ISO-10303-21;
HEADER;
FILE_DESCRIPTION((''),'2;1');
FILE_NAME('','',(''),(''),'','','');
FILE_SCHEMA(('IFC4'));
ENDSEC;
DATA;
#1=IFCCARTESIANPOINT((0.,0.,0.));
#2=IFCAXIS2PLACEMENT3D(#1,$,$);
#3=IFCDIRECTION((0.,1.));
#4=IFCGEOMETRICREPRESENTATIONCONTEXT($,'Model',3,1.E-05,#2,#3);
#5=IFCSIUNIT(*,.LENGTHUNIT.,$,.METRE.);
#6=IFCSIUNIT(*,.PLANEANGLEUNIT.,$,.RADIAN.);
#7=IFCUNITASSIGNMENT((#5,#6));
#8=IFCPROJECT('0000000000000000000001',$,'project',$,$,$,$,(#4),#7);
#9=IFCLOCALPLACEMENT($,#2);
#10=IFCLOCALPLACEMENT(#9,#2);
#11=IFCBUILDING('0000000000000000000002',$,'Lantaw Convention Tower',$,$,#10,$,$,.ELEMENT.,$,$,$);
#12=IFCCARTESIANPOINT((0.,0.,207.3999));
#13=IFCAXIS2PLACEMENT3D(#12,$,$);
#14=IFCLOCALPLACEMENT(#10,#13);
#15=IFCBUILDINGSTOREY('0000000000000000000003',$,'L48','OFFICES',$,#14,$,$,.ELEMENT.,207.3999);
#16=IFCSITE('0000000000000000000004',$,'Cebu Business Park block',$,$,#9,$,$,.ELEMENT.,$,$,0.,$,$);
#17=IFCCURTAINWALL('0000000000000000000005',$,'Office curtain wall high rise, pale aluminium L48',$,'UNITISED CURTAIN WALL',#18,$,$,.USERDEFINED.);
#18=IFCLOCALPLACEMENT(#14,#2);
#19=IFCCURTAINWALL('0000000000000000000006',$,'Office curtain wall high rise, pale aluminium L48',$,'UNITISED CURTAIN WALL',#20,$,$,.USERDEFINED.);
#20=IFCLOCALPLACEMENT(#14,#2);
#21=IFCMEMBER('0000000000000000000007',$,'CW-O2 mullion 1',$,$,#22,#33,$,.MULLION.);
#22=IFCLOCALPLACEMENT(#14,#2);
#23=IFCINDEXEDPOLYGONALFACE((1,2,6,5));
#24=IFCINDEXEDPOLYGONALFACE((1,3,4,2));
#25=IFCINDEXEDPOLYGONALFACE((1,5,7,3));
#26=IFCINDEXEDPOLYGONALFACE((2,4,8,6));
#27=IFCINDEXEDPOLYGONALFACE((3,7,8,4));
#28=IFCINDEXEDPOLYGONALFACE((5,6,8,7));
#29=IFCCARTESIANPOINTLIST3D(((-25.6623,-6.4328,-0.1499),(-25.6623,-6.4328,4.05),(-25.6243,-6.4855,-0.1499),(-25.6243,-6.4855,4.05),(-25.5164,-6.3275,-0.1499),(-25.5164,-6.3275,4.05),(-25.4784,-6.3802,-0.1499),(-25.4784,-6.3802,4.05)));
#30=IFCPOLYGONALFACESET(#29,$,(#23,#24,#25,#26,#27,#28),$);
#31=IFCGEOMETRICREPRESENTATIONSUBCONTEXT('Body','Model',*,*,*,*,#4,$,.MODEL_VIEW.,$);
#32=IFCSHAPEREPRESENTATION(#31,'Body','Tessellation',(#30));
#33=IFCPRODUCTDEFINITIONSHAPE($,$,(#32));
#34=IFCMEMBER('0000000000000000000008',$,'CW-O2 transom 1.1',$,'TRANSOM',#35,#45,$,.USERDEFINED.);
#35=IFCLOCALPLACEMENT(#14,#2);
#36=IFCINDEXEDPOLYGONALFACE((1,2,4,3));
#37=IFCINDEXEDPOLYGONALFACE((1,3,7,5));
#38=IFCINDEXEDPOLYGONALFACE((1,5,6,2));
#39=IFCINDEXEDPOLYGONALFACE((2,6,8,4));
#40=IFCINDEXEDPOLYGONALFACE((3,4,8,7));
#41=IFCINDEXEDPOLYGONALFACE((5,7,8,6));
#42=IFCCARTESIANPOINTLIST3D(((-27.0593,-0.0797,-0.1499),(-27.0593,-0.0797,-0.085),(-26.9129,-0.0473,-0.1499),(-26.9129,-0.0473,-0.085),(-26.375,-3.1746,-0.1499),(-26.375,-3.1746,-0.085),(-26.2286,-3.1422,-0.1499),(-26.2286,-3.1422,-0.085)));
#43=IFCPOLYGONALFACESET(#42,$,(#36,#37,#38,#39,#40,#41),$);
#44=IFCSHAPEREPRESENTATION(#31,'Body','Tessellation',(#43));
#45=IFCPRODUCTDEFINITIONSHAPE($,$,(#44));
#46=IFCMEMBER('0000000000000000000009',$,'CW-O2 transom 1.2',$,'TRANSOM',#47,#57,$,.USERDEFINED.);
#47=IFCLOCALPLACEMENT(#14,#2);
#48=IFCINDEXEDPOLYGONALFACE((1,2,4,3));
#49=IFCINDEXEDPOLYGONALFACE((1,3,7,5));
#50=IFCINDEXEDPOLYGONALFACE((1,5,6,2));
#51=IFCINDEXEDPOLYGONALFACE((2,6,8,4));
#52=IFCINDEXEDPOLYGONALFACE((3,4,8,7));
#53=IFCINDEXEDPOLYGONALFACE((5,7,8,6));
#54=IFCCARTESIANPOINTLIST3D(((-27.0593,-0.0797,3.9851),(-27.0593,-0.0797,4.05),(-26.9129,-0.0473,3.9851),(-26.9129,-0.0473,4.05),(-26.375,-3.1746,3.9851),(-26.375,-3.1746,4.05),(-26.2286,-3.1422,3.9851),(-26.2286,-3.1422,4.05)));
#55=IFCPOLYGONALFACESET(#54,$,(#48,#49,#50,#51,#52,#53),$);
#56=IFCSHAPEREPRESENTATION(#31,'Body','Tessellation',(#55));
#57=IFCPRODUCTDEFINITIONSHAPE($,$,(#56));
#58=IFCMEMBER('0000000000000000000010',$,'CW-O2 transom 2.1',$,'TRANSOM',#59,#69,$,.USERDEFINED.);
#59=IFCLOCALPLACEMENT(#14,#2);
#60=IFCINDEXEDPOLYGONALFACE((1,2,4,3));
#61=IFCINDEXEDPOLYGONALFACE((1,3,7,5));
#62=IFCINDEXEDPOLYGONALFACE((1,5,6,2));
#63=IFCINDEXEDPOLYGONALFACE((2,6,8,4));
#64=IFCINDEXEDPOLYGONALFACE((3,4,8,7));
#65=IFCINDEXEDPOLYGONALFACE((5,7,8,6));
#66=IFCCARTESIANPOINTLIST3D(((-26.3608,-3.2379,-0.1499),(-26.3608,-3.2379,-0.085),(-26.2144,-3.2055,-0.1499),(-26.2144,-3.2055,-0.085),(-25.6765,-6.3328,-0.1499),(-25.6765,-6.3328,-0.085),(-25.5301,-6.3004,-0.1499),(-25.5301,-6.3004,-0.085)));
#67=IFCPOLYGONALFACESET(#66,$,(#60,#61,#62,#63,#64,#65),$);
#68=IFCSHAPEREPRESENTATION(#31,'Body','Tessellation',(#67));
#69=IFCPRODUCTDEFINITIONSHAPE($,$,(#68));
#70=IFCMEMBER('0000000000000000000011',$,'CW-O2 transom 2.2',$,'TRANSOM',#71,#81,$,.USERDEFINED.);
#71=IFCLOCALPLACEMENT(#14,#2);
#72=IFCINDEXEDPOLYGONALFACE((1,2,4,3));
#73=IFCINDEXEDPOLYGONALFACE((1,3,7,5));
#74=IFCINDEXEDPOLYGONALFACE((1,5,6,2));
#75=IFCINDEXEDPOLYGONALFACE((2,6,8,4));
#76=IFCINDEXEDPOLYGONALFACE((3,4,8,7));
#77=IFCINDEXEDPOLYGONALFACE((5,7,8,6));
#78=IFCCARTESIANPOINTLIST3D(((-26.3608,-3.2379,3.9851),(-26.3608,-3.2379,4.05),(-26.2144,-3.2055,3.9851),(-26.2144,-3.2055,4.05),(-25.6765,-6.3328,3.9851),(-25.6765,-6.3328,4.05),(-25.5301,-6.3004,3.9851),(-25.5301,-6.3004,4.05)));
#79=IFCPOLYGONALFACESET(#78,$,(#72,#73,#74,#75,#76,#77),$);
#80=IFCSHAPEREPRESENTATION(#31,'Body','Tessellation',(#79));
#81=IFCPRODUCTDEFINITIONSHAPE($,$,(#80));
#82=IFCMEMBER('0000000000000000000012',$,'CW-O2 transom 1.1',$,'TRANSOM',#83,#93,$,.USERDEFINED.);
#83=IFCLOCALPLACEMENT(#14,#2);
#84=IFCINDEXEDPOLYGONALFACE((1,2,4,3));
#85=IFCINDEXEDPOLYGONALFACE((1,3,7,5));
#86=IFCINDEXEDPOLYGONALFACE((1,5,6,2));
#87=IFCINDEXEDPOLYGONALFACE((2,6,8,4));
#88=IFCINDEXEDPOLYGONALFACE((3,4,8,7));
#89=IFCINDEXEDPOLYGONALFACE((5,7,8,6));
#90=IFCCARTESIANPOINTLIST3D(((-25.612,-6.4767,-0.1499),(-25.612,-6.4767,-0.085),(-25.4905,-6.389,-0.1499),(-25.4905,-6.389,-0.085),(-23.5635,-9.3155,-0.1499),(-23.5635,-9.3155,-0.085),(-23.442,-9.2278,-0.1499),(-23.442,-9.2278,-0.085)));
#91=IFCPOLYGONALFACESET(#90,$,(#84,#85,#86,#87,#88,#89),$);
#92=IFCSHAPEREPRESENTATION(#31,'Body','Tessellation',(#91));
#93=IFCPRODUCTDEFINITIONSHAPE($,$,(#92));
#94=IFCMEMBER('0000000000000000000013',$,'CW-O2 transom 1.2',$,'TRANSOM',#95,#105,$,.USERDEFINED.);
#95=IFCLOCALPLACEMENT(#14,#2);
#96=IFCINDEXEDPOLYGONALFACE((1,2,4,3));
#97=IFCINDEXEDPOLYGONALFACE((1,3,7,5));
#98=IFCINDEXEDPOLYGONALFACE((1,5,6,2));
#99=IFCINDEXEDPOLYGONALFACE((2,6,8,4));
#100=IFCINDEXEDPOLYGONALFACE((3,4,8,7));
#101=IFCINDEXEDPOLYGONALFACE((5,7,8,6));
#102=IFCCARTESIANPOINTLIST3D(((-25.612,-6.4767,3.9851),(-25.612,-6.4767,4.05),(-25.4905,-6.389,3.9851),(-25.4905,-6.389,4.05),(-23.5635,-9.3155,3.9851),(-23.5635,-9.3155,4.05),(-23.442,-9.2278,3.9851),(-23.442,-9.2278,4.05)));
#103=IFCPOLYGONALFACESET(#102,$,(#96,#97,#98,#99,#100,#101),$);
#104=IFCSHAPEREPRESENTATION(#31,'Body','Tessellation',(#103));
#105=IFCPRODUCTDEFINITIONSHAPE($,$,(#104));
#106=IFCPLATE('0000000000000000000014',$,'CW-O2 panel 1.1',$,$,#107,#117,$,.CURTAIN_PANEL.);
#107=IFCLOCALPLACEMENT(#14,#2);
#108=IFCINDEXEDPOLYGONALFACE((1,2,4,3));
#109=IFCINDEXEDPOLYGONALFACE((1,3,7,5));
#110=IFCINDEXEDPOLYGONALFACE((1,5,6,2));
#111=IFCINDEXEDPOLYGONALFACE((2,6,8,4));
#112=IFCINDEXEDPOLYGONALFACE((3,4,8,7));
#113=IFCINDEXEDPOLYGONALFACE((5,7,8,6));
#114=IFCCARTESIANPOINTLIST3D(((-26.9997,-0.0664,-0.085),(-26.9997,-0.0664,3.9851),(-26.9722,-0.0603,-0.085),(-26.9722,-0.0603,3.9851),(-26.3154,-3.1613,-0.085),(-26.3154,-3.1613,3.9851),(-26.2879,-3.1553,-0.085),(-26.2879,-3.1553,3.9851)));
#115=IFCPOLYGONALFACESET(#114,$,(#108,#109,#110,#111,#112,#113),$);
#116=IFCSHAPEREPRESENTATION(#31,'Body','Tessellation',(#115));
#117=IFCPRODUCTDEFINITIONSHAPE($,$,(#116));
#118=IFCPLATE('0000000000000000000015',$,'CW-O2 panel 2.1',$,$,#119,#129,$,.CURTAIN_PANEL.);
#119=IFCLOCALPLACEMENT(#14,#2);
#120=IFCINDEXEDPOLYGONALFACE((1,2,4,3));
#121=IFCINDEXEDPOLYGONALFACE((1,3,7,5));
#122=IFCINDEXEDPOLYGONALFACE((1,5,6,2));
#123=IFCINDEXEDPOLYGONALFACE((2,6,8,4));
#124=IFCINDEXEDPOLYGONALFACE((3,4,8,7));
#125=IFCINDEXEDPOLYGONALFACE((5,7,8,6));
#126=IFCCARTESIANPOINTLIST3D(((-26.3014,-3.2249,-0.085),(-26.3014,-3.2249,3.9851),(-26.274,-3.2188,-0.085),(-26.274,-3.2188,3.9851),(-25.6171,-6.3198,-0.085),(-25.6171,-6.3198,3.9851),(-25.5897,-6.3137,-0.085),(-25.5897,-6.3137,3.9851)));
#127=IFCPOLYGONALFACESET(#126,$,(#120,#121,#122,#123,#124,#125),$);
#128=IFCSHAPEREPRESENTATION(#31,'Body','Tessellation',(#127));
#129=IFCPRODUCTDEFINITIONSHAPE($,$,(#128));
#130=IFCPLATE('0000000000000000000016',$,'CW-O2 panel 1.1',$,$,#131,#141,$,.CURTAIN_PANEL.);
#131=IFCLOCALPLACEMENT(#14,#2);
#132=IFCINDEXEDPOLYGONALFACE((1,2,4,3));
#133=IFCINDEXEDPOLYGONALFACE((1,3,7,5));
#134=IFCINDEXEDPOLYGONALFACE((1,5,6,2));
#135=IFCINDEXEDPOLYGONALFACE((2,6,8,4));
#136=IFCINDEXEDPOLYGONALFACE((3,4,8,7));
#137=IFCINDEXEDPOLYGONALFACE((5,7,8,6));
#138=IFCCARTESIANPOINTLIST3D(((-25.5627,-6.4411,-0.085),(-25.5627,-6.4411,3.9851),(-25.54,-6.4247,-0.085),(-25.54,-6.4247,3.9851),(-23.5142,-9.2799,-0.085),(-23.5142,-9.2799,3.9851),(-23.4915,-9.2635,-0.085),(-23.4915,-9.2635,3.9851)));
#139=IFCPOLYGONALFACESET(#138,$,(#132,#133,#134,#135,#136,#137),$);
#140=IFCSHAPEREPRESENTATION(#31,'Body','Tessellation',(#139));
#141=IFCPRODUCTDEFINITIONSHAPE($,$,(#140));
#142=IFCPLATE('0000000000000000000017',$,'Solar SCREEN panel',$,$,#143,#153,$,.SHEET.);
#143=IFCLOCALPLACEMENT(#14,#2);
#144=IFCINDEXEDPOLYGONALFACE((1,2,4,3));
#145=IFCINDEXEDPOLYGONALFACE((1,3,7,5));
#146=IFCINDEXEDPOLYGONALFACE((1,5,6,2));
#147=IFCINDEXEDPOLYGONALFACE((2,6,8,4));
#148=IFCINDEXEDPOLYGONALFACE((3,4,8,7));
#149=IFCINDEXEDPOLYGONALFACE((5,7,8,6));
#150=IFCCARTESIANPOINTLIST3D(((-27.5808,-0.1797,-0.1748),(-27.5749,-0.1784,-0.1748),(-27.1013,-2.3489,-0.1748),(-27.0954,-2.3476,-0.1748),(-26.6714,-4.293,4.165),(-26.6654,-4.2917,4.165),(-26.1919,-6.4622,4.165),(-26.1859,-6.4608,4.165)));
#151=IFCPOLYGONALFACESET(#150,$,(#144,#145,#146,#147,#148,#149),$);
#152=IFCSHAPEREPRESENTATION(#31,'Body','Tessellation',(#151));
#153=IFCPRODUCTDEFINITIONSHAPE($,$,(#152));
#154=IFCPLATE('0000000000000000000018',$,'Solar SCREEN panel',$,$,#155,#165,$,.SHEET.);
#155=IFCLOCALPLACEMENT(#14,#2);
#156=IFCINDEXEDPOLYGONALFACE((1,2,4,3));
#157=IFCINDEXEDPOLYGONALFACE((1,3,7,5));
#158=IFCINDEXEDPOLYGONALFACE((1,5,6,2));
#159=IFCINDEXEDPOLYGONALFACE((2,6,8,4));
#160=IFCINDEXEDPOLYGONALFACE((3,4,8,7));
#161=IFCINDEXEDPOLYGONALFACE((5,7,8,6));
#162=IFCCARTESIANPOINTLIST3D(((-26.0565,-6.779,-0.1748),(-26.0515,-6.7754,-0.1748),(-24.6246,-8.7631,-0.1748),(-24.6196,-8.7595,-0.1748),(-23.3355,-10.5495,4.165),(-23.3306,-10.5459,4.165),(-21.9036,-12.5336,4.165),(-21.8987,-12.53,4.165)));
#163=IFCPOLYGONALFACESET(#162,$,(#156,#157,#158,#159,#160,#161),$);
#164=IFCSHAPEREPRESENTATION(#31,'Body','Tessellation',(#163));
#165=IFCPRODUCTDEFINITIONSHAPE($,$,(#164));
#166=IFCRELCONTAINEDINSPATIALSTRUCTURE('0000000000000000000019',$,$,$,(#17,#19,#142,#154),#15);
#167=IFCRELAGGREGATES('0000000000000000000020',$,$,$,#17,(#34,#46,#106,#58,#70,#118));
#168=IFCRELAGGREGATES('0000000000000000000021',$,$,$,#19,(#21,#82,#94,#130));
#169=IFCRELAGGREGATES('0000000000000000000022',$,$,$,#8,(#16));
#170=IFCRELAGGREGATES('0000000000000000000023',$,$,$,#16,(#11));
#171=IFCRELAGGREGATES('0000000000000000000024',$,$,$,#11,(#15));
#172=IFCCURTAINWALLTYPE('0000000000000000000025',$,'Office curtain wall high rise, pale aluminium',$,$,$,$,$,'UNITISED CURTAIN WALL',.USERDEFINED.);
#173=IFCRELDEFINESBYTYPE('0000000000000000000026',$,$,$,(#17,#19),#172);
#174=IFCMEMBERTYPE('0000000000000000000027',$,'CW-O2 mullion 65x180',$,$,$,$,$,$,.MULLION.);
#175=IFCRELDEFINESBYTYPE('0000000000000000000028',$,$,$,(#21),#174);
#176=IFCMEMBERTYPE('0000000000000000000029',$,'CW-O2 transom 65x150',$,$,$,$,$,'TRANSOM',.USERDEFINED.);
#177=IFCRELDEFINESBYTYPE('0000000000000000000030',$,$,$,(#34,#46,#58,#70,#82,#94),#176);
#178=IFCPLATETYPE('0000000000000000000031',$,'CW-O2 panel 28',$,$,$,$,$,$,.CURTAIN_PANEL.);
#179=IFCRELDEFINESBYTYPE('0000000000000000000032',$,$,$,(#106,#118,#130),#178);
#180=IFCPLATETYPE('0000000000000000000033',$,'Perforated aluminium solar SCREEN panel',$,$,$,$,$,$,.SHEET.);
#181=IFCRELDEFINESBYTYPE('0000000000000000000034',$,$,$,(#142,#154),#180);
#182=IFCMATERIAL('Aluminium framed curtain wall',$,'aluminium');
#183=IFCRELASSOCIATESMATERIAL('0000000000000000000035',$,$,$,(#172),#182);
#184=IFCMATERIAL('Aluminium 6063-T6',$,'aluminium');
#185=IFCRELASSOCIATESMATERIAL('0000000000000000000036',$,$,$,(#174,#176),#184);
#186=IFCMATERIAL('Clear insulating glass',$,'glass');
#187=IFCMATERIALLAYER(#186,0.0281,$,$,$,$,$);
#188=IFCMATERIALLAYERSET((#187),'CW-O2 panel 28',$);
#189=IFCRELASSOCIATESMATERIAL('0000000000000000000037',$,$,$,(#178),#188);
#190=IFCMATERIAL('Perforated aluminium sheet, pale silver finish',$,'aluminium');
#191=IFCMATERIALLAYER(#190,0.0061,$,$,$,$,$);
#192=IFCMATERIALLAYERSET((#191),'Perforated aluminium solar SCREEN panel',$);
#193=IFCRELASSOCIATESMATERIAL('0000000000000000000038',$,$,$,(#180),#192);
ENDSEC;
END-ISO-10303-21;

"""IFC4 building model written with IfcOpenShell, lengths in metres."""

from ifc_helpers import new_model, si_unit, direction, frame, origin, origin_2d, place, context, subcontext, project, spatial, polyline, rectangle, outline, extrude, material, layer, layer_set, material_profile, profile_set, type_object, element, aggregate, save


model = new_model("IFC4")

# Units and contexts
model_context = context("Model", 3, precision=1e-05, world=origin(), true_north=direction((0.0, 1.0)))
body_context = subcontext(model_context, "Body", "Model", "MODEL_VIEW")
ifc_project = project(units=[si_unit("LENGTHUNIT", "METRE"), si_unit("PLANEANGLEUNIT", "RADIAN")], contexts=[model_context])

# Site, building, storey
site_placement = place(None, origin())
site = spatial("IfcSite", under=ifc_project, at=site_placement, Name="Cebu Business Park block", CompositionType="ELEMENT", RefElevation=0.0)
building_placement = place(site_placement, origin())
building = spatial("IfcBuilding", under=site, at=building_placement, Name="Lantaw Convention Tower", CompositionType="ELEMENT")
storey_placement = place(building_placement, frame((0.0, 0.0, 207.3999)))
storey = spatial("IfcBuildingStorey", under=building, at=storey_placement, Name="L48", Description="OFFICES", CompositionType="ELEMENT", Elevation=207.3999)

# Curtain wall
ifc_material_1 = material(Name="Aluminium framed curtain wall", Category="aluminium")
curtain_wall_type = type_object("IfcCurtainWallType", Name="Office curtain wall high rise, pale aluminium", ElementType="UNITISED CURTAIN WALL", PredefinedType="USERDEFINED", material=ifc_material_1)
curtain_wall_1_placement = place(storey_placement, origin())
curtain_wall_1 = element("IfcCurtainWall", 1, at=curtain_wall_1_placement, inside=storey, type_object=curtain_wall_type, Name="Office curtain wall high rise, pale aluminium L48", ObjectType="UNITISED CURTAIN WALL", PredefinedType="USERDEFINED")
ifc_material_2 = material(Name="Aluminium 6063-T6", Category="aluminium")
ifc_material_profile_1 = material_profile(ifc_material_2, rectangle(XDim=0.1799, YDim=0.0649, at=origin_2d()), Name="CW-O2 mullion 65x180")
ifc_profile_set_1 = profile_set([ifc_material_profile_1], Name="Aluminium 6063-T6")
member_type_1 = type_object("IfcMemberType", Name="CW-O2 mullion 65x180", PredefinedType="MULLION", material=ifc_profile_set_1)

# Curtain wall, member
curtain_wall_2_placement = place(storey_placement, origin())
curtain_wall_2 = element("IfcCurtainWall", 2, at=curtain_wall_2_placement, inside=storey, type_object=curtain_wall_type, Name="Office curtain wall high rise, pale aluminium L48", ObjectType="UNITISED CURTAIN WALL", PredefinedType="USERDEFINED")
member_1_placement = place(storey_placement, frame((-25.5703, -6.4065, -0.1499), z_axis=(0.0, 0.0, 1.0), x_axis=(0.81092, 0.585158, 0.0)))
member_1 = element("IfcMember", 3, at=member_1_placement, type_object=member_type_1, Name="CW-O2 mullion 1", PredefinedType="MULLION", context=body_context, shape_type="SweptSolid", body=[
    extrude(rectangle(XDim=0.1799, YDim=0.0649, at=origin_2d()), origin(), (0.0, 0.0, 1.0), 4.2),
])

# Members
ifc_material_profile_2 = material_profile(ifc_material_2, rectangle(XDim=0.1499, YDim=0.0649, at=origin_2d()), Name="CW-O2 transom 65x150")
ifc_profile_set_2 = profile_set([ifc_material_profile_2], Name="Aluminium 6063-T6")
member_type_2 = type_object("IfcMemberType", Name="CW-O2 transom 65x150", ElementType="TRANSOM", PredefinedType="USERDEFINED", material=ifc_profile_set_2)
member_2_placement = place(storey_placement, frame((-26.9861, -0.0635, -0.1174), z_axis=(0.215895, -0.976417, 0.0), x_axis=(0.976417, 0.215895, 0.0)))
member_2 = element("IfcMember", 4, at=member_2_placement, type_object=member_type_2, Name="CW-O2 transom 1.1", ObjectType="TRANSOM", PredefinedType="USERDEFINED", context=body_context, shape_type="SweptSolid", body=[
    extrude(rectangle(XDim=0.1499, YDim=0.0649, at=origin_2d()), origin(), (0.0, 0.0, 1.0), 3.1697),
])
member_3_placement = place(storey_placement, frame((-26.9861, -0.0635, 4.0176), z_axis=(0.215895, -0.976417, 0.0), x_axis=(0.976417, 0.215895, 0.0)))
member_3 = element("IfcMember", 5, at=member_3_placement, type_object=member_type_2, Name="CW-O2 transom 1.2", ObjectType="TRANSOM", PredefinedType="USERDEFINED", context=body_context, shape_type="SweptSolid", body=[
    extrude(rectangle(XDim=0.1499, YDim=0.0649, at=origin_2d()), origin(), (0.0, 0.0, 1.0), 3.1697),
])
member_4_placement = place(storey_placement, frame((-26.2876, -3.2217, -0.1174), z_axis=(0.215895, -0.976417, 0.0), x_axis=(0.976417, 0.215895, 0.0)))
member_4 = element("IfcMember", 6, at=member_4_placement, type_object=member_type_2, Name="CW-O2 transom 2.1", ObjectType="TRANSOM", PredefinedType="USERDEFINED", context=body_context, shape_type="SweptSolid", body=[
    extrude(rectangle(XDim=0.1499, YDim=0.0649, at=origin_2d()), origin(), (0.0, 0.0, 1.0), 3.1697),
])
member_5_placement = place(storey_placement, frame((-26.2876, -3.2217, 4.0176), z_axis=(0.215895, -0.976417, 0.0), x_axis=(0.976417, 0.215895, 0.0)))
member_5 = element("IfcMember", 7, at=member_5_placement, type_object=member_type_2, Name="CW-O2 transom 2.2", ObjectType="TRANSOM", PredefinedType="USERDEFINED", context=body_context, shape_type="SweptSolid", body=[
    extrude(rectangle(XDim=0.1499, YDim=0.0649, at=origin_2d()), origin(), (0.0, 0.0, 1.0), 3.1697),
])
member_6_placement = place(storey_placement, frame((-25.5513, -6.4329, -0.1174), z_axis=(0.58517, -0.810911, 0.0), x_axis=(0.810911, 0.58517, 0.0)))
member_6 = element("IfcMember", 8, at=member_6_placement, type_object=member_type_2, Name="CW-O2 transom 1.1", ObjectType="TRANSOM", PredefinedType="USERDEFINED", context=body_context, shape_type="SweptSolid", body=[
    extrude(rectangle(XDim=0.1499, YDim=0.0649, at=origin_2d()), origin(), (0.0, 0.0, 1.0), 3.5007),
])
member_7_placement = place(storey_placement, frame((-25.5513, -6.4329, 4.0176), z_axis=(0.58517, -0.810911, 0.0), x_axis=(0.810911, 0.58517, 0.0)))
member_7 = element("IfcMember", 9, at=member_7_placement, type_object=member_type_2, Name="CW-O2 transom 1.2", ObjectType="TRANSOM", PredefinedType="USERDEFINED", context=body_context, shape_type="SweptSolid", body=[
    extrude(rectangle(XDim=0.1499, YDim=0.0649, at=origin_2d()), origin(), (0.0, 0.0, 1.0), 3.5007),
])

# Plates
ifc_material_3 = material(Name="Clear insulating glass", Category="glass")
ifc_layer_1 = layer(ifc_material_3, 0.0281)
ifc_layer_set_1 = layer_set([ifc_layer_1], Name="CW-O2 panel 28")
plate_type_1 = type_object("IfcPlateType", Name="CW-O2 panel 28", PredefinedType="CURTAIN_PANEL", material=ifc_layer_set_1)
plate_1_placement = place(storey_placement, frame((-26.6438, -1.6108, -0.085), z_axis=(0.0, 0.0, 1.0), x_axis=(0.215891, -0.976417, 0.0)))
plate_1 = element("IfcPlate", 10, at=plate_1_placement, type_object=plate_type_1, Name="CW-O2 panel 1.1", PredefinedType="CURTAIN_PANEL", context=body_context, shape_type="SweptSolid", body=[
    extrude(rectangle(XDim=3.1697, YDim=0.0281, at=origin_2d()), origin(), (0.0, 0.0, 1.0), 4.0701),
])
plate_2_placement = place(storey_placement, frame((-25.9456, -4.7693, -0.085), z_axis=(0.0, 0.0, 1.0), x_axis=(0.215891, -0.976417, 0.0)))
plate_2 = element("IfcPlate", 11, at=plate_2_placement, type_object=plate_type_1, Name="CW-O2 panel 2.1", PredefinedType="CURTAIN_PANEL", context=body_context, shape_type="SweptSolid", body=[
    extrude(rectangle(XDim=3.1697, YDim=0.0281, at=origin_2d()), origin(), (0.0, 0.0, 1.0), 4.0701),
])
aggregate(curtain_wall_1, [member_2, member_3, plate_1, member_4, member_5, plate_2])
plate_3_placement = place(storey_placement, frame((-24.5271, -7.8523, -0.085), z_axis=(0.0, 0.0, 1.0), x_axis=(0.585158, -0.81092, 0.0)))
plate_3 = element("IfcPlate", 12, at=plate_3_placement, type_object=plate_type_1, Name="CW-O2 panel 1.1", PredefinedType="CURTAIN_PANEL", context=body_context, shape_type="SweptSolid", body=[
    extrude(rectangle(XDim=3.5007, YDim=0.0281, at=origin_2d()), origin(), (0.0, 0.0, 1.0), 4.0701),
])
aggregate(curtain_wall_2, [member_1, member_6, member_7, plate_3])

# Plates
ifc_material_4 = material(Name="Perforated aluminium sheet, pale silver finish", Category="aluminium")
ifc_layer_2 = layer(ifc_material_4, 0.0061)
ifc_layer_set_2 = layer_set([ifc_layer_2], Name="Perforated aluminium solar SCREEN panel")
plate_type_2 = type_object("IfcPlateType", Name="Perforated aluminium solar SCREEN panel", PredefinedType="SHEET", material=ifc_layer_set_2)
plate_4_placement = place(storey_placement, frame((-27.5808, -0.1797, -0.1748), z_axis=(-0.97643, -0.215837, 0.000044), x_axis=(0.215837, -0.97643, 0.0)))
element("IfcPlate", 13, at=plate_4_placement, inside=storey, type_object=plate_type_2, Name="Solar SCREEN panel", PredefinedType="SHEET", context=body_context, shape_type="SweptSolid", body=[
    extrude(outline(polyline([(0.0, 0.0), (2.2216, 0.0), (6.4342, 4.3398), (4.2126, 4.3398), (0.0, 0.0)])), origin(), (0.0, 0.0, -1.0), 0.0061),
])
plate_5_placement = place(storey_placement, frame((-26.0515, -6.7754, -0.1748), z_axis=(0.810892, 0.585195, 0.00002), x_axis=(0.585195, -0.810892, 0.0)))
element("IfcPlate", 14, at=plate_5_placement, inside=storey, type_object=plate_type_2, Name="Solar SCREEN panel", PredefinedType="SHEET", context=body_context, shape_type="SweptSolid", body=[
    extrude(outline(polyline([(0.0, 0.0), (2.4468, 0.0), (7.0966, -4.3398), (4.6498, -4.3398), (0.0, 0.0)])), origin(), (0.0, 0.0, -1.0), 0.0061),
])

save(model, "model.ifc")
